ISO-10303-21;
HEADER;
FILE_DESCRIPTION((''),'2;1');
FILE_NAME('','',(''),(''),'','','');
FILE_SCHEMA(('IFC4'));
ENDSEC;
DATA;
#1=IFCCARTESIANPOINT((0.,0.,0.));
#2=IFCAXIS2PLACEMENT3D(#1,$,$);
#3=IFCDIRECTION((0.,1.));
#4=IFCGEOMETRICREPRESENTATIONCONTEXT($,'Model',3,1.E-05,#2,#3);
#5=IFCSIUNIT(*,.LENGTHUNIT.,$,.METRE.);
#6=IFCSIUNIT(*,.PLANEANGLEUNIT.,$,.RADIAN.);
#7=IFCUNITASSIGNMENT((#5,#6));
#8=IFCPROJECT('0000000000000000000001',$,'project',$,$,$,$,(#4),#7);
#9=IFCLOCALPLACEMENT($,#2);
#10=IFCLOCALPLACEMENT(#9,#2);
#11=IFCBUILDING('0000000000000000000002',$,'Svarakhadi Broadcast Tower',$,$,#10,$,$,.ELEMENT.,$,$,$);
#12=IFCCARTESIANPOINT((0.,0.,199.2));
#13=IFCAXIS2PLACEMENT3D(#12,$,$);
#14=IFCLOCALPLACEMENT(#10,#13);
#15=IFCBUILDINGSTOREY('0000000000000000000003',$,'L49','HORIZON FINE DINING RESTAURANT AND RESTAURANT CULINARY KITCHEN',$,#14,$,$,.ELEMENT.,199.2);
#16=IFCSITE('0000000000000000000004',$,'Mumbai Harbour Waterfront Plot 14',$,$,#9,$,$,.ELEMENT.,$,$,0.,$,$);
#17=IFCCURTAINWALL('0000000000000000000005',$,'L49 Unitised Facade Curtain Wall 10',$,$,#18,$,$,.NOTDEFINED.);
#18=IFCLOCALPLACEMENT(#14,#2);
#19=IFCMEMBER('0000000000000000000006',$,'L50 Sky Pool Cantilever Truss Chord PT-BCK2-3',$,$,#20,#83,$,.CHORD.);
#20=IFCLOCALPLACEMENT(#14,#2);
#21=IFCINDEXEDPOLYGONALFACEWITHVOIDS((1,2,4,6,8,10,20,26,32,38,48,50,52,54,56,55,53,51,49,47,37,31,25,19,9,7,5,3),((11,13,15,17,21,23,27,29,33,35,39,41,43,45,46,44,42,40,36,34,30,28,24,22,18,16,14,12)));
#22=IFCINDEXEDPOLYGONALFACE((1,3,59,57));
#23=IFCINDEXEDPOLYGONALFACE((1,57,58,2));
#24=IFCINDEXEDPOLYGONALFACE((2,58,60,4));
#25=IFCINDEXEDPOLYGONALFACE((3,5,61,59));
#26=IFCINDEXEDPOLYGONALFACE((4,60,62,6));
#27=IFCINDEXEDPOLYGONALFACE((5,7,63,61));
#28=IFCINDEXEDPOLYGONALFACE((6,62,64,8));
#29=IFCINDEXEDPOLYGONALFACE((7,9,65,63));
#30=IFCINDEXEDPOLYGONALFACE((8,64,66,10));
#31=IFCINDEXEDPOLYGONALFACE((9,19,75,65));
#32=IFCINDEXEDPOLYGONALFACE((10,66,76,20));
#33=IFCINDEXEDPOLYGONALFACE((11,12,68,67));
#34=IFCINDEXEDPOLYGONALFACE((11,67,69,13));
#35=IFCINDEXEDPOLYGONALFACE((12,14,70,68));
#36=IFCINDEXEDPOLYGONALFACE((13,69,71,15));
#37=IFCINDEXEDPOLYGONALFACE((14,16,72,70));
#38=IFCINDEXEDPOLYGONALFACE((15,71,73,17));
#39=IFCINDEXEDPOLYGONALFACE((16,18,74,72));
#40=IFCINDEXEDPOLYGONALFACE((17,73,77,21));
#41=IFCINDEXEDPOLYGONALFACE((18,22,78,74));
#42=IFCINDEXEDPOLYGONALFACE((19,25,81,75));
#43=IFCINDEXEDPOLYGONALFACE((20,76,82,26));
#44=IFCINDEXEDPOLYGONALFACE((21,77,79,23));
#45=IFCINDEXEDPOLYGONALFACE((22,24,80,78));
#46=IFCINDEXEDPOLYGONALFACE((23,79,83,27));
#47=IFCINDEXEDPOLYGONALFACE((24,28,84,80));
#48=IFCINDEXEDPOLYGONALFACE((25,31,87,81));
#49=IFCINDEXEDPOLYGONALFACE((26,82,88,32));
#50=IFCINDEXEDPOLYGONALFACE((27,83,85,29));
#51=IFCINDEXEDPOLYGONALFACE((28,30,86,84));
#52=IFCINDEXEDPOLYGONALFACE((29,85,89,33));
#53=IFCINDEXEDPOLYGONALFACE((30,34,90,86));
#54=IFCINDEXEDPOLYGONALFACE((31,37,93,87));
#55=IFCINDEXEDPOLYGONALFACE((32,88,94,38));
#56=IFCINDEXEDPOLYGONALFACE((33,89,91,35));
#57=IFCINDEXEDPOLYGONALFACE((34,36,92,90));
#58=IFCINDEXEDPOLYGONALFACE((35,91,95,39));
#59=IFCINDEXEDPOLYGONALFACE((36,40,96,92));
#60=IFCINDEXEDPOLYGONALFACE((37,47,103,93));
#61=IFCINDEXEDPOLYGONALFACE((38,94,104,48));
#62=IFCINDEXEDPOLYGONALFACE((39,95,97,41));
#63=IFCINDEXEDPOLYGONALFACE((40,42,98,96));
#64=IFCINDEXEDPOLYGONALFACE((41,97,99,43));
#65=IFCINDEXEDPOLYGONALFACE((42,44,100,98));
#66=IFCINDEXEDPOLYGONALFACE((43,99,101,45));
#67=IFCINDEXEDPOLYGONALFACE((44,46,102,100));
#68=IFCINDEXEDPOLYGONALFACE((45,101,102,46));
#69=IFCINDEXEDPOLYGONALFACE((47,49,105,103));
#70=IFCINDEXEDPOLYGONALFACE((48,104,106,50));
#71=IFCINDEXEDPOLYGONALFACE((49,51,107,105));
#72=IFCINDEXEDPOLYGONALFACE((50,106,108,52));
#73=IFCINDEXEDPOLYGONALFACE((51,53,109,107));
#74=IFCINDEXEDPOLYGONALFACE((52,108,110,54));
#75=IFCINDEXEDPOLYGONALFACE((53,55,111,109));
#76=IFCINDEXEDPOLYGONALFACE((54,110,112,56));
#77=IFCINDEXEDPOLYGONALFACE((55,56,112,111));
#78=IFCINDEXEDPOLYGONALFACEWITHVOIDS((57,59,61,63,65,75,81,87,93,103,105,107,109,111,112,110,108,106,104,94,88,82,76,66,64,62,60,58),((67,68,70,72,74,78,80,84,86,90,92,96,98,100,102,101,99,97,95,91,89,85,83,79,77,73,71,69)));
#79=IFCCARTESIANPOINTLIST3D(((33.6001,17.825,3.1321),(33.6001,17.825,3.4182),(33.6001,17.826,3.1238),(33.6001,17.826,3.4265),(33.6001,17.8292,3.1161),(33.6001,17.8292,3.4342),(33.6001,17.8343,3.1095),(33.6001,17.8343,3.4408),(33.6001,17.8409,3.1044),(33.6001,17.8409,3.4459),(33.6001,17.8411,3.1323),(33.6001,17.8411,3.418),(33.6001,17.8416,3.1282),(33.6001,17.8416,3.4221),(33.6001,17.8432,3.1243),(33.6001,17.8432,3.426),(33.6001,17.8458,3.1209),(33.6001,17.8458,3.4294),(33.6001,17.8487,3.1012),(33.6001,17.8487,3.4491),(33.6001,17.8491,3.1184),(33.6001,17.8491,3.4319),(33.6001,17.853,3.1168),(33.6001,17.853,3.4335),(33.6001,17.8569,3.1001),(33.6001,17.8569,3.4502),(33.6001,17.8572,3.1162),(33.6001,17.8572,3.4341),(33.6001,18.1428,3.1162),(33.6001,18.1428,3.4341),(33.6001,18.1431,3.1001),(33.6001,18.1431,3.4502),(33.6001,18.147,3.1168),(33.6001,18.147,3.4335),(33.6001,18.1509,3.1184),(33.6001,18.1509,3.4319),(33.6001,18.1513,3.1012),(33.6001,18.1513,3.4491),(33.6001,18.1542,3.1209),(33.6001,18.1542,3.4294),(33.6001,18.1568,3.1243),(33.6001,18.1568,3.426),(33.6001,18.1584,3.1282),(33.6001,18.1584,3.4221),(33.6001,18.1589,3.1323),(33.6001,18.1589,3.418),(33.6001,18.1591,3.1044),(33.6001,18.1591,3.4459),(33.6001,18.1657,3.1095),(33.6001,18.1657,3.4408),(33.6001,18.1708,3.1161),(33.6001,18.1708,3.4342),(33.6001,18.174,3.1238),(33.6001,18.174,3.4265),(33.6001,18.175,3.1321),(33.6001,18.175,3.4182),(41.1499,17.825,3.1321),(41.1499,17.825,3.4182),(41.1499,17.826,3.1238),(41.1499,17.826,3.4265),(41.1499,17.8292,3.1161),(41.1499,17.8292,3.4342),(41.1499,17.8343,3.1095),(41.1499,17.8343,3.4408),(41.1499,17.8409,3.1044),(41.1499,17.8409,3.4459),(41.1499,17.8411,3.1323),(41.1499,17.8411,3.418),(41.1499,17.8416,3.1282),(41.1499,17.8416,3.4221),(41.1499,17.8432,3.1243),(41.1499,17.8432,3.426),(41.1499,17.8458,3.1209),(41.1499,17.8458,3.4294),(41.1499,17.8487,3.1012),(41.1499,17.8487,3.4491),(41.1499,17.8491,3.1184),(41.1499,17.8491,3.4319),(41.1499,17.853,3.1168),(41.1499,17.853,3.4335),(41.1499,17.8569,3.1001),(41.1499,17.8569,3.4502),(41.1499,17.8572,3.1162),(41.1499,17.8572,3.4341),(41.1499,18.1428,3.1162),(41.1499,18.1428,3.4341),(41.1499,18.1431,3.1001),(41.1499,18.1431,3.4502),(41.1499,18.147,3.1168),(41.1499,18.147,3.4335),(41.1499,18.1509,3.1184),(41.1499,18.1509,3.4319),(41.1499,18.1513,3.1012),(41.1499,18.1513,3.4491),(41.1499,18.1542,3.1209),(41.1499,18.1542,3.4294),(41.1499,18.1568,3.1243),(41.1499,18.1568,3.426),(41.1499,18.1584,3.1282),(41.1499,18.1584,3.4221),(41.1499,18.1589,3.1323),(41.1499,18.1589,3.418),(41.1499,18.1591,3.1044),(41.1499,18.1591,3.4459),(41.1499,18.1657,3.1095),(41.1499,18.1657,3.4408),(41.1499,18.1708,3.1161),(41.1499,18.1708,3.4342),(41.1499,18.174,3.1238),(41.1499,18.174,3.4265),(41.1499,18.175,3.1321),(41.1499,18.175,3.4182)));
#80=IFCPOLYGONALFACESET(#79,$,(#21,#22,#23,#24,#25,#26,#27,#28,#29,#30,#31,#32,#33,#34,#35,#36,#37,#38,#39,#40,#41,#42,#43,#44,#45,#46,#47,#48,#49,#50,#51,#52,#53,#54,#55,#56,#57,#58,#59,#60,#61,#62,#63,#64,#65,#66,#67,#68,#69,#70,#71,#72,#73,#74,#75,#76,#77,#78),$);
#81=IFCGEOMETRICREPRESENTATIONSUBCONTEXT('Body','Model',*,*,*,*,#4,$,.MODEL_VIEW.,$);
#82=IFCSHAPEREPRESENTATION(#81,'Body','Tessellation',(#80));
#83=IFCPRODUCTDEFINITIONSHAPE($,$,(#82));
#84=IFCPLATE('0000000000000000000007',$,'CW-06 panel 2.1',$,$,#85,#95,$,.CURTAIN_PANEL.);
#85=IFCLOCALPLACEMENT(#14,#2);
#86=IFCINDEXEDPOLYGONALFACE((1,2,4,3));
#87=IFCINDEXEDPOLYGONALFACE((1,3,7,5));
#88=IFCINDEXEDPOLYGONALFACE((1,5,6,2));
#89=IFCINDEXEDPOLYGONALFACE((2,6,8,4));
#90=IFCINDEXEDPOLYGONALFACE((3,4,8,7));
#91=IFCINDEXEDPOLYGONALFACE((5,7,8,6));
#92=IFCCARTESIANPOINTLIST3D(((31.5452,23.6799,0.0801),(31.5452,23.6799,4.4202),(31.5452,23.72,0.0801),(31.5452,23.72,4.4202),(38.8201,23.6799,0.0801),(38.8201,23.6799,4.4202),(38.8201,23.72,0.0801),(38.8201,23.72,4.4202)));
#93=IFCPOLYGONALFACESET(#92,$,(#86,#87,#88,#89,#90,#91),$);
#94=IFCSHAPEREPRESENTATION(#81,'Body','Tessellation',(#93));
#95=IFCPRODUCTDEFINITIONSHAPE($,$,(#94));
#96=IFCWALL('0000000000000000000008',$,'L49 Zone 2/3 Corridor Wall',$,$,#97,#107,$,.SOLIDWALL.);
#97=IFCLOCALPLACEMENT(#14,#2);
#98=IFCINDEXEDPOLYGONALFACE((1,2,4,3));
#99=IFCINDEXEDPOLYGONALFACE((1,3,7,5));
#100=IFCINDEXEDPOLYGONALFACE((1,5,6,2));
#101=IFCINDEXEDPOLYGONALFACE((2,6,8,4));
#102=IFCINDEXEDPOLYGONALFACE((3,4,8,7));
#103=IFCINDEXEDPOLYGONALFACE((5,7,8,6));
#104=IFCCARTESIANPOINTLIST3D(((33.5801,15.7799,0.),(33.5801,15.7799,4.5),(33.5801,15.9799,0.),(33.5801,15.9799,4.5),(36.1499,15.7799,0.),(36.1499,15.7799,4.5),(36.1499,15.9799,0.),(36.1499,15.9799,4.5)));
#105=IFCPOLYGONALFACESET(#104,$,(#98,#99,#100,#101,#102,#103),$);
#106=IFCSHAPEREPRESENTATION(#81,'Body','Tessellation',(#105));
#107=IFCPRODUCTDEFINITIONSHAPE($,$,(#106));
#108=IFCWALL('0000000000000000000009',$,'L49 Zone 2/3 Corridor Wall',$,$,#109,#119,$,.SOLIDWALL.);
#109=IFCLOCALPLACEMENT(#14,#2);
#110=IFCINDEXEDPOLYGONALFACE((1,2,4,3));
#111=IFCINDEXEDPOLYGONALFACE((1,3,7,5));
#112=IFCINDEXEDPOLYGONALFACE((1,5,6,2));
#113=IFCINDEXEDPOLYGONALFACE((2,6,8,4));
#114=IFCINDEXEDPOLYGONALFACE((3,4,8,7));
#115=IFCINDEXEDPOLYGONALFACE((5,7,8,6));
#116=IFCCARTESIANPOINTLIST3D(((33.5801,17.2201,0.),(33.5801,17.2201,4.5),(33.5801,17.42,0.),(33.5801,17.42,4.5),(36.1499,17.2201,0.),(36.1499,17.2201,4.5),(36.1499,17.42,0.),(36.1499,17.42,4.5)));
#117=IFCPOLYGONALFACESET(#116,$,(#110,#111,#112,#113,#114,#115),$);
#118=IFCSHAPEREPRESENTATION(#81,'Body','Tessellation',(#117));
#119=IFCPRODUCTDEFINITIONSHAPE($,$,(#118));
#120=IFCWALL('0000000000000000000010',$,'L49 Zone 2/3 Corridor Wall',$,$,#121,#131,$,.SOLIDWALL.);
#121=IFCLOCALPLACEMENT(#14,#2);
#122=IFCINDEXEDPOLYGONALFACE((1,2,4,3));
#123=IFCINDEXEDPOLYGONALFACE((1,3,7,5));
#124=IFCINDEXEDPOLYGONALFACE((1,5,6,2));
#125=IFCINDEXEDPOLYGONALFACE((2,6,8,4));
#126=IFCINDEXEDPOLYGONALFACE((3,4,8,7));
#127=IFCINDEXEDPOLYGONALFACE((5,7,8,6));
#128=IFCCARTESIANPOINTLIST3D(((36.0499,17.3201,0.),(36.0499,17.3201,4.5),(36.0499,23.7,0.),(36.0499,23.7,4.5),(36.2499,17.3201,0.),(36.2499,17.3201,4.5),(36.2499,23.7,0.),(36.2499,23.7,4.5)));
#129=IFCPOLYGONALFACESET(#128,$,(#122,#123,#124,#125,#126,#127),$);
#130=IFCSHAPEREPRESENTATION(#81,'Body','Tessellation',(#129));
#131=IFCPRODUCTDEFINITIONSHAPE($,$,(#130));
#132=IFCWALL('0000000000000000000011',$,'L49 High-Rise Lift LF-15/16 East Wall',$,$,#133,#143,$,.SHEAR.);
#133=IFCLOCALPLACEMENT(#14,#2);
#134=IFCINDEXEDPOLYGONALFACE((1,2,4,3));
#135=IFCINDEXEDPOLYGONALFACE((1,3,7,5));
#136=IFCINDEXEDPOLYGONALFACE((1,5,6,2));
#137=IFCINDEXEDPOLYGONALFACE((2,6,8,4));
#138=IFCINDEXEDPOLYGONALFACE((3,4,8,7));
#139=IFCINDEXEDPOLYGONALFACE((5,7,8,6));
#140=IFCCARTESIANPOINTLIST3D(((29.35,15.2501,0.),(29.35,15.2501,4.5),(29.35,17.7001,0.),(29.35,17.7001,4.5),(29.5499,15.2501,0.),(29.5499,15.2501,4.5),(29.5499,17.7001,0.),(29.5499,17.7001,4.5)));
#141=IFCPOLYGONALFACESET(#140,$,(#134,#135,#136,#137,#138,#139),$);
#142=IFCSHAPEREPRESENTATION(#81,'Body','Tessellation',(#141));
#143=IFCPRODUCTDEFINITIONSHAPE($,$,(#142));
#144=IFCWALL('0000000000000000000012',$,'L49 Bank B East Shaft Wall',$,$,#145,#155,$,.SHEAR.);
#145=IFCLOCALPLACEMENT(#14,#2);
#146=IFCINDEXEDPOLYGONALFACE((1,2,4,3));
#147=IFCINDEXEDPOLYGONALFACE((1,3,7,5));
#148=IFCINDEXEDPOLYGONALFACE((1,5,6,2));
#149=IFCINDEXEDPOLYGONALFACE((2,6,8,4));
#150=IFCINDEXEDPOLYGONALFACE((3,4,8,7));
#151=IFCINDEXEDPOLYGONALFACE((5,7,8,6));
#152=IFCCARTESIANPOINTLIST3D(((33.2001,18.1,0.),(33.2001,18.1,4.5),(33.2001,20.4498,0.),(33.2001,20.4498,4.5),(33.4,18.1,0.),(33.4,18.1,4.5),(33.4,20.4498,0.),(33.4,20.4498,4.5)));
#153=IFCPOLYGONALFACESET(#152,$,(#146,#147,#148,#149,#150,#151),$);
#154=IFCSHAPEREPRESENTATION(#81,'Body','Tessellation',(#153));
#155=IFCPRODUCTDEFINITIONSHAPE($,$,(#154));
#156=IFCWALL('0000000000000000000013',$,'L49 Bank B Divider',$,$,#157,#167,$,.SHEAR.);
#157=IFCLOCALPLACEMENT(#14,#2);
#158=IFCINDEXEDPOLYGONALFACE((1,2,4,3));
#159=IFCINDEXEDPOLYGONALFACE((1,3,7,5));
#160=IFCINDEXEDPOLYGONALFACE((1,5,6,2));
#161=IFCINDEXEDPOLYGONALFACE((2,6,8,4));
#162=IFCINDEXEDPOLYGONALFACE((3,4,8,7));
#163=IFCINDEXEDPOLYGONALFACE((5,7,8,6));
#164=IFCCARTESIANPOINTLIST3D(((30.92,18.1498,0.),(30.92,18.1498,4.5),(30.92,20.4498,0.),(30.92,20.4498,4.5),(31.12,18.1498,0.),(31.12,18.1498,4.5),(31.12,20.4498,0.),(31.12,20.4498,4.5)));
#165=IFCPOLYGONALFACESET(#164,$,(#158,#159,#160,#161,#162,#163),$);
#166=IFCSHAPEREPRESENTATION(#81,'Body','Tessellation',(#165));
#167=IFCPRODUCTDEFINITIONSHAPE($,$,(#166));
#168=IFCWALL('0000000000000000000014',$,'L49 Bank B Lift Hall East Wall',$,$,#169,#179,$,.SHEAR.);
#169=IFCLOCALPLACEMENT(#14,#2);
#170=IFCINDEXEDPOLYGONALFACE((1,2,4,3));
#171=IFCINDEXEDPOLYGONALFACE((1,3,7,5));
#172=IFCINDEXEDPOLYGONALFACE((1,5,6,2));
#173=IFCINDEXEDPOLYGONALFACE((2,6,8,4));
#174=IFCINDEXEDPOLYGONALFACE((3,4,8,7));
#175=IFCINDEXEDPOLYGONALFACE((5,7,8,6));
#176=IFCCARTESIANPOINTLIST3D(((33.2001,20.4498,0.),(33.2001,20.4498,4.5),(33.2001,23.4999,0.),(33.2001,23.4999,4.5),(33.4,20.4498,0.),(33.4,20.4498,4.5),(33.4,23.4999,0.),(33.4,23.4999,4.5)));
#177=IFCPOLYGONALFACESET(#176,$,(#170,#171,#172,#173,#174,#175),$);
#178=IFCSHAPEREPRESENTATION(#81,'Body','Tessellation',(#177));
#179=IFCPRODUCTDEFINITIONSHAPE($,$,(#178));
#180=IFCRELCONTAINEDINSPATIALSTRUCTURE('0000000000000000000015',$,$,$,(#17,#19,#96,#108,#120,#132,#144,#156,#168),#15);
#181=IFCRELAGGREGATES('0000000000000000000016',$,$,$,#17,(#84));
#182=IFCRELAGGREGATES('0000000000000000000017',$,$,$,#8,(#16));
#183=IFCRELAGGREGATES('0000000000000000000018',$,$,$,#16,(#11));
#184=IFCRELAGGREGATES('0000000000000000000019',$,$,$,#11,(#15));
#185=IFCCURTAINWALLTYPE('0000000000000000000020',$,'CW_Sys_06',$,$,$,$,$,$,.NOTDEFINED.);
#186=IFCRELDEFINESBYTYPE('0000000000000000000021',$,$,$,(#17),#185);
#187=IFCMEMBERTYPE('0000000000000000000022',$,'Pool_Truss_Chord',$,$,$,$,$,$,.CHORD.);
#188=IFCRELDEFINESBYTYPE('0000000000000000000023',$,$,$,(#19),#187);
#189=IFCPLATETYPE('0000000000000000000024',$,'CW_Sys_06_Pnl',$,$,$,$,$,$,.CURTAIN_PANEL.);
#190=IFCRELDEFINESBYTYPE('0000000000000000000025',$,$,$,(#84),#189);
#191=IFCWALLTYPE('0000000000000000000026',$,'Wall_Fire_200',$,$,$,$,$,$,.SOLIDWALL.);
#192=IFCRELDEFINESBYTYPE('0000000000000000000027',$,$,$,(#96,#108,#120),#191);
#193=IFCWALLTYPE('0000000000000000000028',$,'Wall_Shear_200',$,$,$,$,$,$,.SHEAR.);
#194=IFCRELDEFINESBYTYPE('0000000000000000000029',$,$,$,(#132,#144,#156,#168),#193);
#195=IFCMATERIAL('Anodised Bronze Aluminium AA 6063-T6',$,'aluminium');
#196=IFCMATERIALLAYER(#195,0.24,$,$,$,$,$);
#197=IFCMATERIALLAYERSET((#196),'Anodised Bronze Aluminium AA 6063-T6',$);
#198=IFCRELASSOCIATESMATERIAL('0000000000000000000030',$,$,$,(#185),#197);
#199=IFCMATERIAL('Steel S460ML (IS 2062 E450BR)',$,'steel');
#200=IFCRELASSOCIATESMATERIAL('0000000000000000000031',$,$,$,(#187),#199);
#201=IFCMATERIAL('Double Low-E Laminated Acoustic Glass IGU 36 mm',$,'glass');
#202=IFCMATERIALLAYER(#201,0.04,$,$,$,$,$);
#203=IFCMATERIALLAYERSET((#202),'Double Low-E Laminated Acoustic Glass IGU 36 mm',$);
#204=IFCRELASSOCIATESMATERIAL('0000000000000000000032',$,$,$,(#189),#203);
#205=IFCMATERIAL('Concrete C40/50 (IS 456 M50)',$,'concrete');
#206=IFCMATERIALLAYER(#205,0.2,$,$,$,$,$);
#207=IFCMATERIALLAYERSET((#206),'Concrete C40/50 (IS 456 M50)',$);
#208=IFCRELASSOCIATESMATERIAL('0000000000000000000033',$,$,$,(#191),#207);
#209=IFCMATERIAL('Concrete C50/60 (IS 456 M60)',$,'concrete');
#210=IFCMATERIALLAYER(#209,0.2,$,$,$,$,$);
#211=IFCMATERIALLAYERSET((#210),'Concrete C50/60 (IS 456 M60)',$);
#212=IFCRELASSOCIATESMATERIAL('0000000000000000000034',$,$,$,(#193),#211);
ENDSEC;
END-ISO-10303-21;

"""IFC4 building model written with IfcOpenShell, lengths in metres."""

from ifc_helpers import new_model, si_unit, direction, frame, frame_2d, origin, origin_2d, place, context, subcontext, project, spatial, rectangle, hollow_rectangle, extrude, material, layer, layer_set, material_profile, profile_set, type_object, element, aggregate, save


model = new_model("IFC4")

# Units and contexts
model_context = context("Model", 3, precision=1e-05, world=origin(), true_north=direction((0.0, 1.0)))
body_context = subcontext(model_context, "Body", "Model", "MODEL_VIEW")
ifc_project = project(units=[si_unit("LENGTHUNIT", "METRE"), si_unit("PLANEANGLEUNIT", "RADIAN")], contexts=[model_context])

# Site, building, storey
site_placement = place(None, origin())
site = spatial("IfcSite", under=ifc_project, at=site_placement, Name="Mumbai Harbour Waterfront Plot 14", CompositionType="ELEMENT", RefElevation=0.0)
building_placement = place(site_placement, origin())
building = spatial("IfcBuilding", under=site, at=building_placement, Name="Svarakhadi Broadcast Tower", CompositionType="ELEMENT")
storey_placement = place(building_placement, frame((0.0, 0.0, 199.2)))
storey = spatial("IfcBuildingStorey", under=building, at=storey_placement, Name="L49", Description="HORIZON FINE DINING RESTAURANT AND RESTAURANT CULINARY KITCHEN", CompositionType="ELEMENT", Elevation=199.2)

# Shared definitions
ifc_material_1 = material(Name="Concrete C50/60 (IS 456 M60)", Category="concrete")
ifc_material_2 = material(Name="Steel S460ML (IS 2062 E450BR)", Category="steel")

# Curtain wall
ifc_material_3 = material(Name="Anodised Bronze Aluminium AA 6063-T6", Category="aluminium")
ifc_layer_1 = layer(ifc_material_3, 0.24)
ifc_layer_set_1 = layer_set([ifc_layer_1], Name="Anodised Bronze Aluminium AA 6063-T6")
curtain_wall_type = type_object("IfcCurtainWallType", Name="CW_Sys_06", PredefinedType="NOTDEFINED", material=ifc_layer_set_1)
curtain_wall_placement = place(storey_placement, origin())
curtain_wall = element("IfcCurtainWall", 1, at=curtain_wall_placement, inside=storey, type_object=curtain_wall_type, Name="L49 Unitised Facade Curtain Wall 10", PredefinedType="NOTDEFINED")

# Member
ifc_material_profile_1 = material_profile(ifc_material_2, hollow_rectangle(XDim=0.3501, YDim=0.3501, WallThickness=0.0161, InnerFilletRadius=0.0161, OuterFilletRadius=0.032, at=origin_2d()), Name="SHS 350x350x16")
ifc_profile_set_1 = profile_set([ifc_material_profile_1], Name="Steel S460ML (IS 2062 E450BR)")
member_type_1 = type_object("IfcMemberType", Name="Pool_Truss_Chord", PredefinedType="CHORD", material=ifc_profile_set_1)
member_1_placement = place(storey_placement, frame((33.6001, 18.0, 3.2751), z_axis=(1.0, 0.0, 0.0), x_axis=(0.0, 1.0, 0.0)))
element("IfcMember", 2, at=member_1_placement, inside=storey, type_object=member_type_1, Name="L50 Sky Pool Cantilever Truss Chord PT-BCK2-3", PredefinedType="CHORD", context=body_context, shape_type="SweptSolid", body=[
    extrude(hollow_rectangle(XDim=0.3501, YDim=0.3501, WallThickness=0.0161, InnerFilletRadius=0.0161, OuterFilletRadius=0.032, at=origin_2d()), origin(), (0.0, 0.0, 1.0), 7.5498),
])

# Plate
ifc_material_4 = material(Name="Double Low-E Laminated Acoustic Glass IGU 36 mm", Category="glass")
ifc_layer_2 = layer(ifc_material_4, 0.04)
ifc_layer_set_2 = layer_set([ifc_layer_2], Name="Double Low-E Laminated Acoustic Glass IGU 36 mm")
plate_type = type_object("IfcPlateType", Name="CW_Sys_06_Pnl", PredefinedType="CURTAIN_PANEL", material=ifc_layer_set_2)
plate_placement = place(storey_placement, frame((35.1826, 23.7, 0.0801), z_axis=(0.0, 0.0, 1.0), x_axis=(1.0, 0.0, 0.0)))
plate = element("IfcPlate", 3, at=plate_placement, type_object=plate_type, Name="CW-06 panel 2.1", PredefinedType="CURTAIN_PANEL", context=body_context, shape_type="SweptSolid", body=[
    extrude(rectangle(XDim=7.2749, YDim=0.04, at=origin_2d()), origin(), (0.0, 0.0, 1.0), 4.3401),
])
aggregate(curtain_wall, [plate])

# Walls
ifc_material_5 = material(Name="Concrete C40/50 (IS 456 M50)", Category="concrete")
ifc_layer_3 = layer(ifc_material_5, 0.2)
ifc_layer_set_3 = layer_set([ifc_layer_3], Name="Concrete C40/50 (IS 456 M50)")
wall_type_1 = type_object("IfcWallType", Name="Wall_Fire_200", PredefinedType="SOLIDWALL", material=ifc_layer_set_3)
for number, where, z_axis, x_axis, name in (
    (4, (36.1499, 15.8799, 0.0), (0.0, 0.0, 1.0), (-1.0, 0.0, 0.0), "L49 Zone 2/3 Corridor Wall"),
    (5, (33.5801, 17.3201, 0.0), (0.0, 0.0, 1.0), (1.0, 0.0, 0.0), "L49 Zone 2/3 Corridor Wall"),
):
    element("IfcWall", number, at=place(storey_placement, frame(where, z_axis=z_axis, x_axis=x_axis)), inside=storey, type_object=wall_type_1, Name=name, PredefinedType="SOLIDWALL", context=body_context, shape_type="SweptSolid", body=[
        extrude(rectangle(XDim=2.5698, YDim=0.2, at=frame_2d((1.2849, 0.0))), origin(), (0.0, 0.0, 1.0), 4.5),
    ])
wall_1_placement = place(storey_placement, frame((36.1499, 17.3201, 0.0), z_axis=(0.0, 0.0, 1.0), x_axis=(0.0, 1.0, 0.0)))
element("IfcWall", 6, at=wall_1_placement, inside=storey, type_object=wall_type_1, Name="L49 Zone 2/3 Corridor Wall", PredefinedType="SOLIDWALL", context=body_context, shape_type="SweptSolid", body=[
    extrude(rectangle(XDim=6.3799, YDim=0.2, at=frame_2d((3.1899, 0.0))), origin(), (0.0, 0.0, 1.0), 4.5),
])

# Walls
ifc_layer_4 = layer(ifc_material_1, 0.2)
ifc_layer_set_4 = layer_set([ifc_layer_4], Name="Concrete C50/60 (IS 456 M60)")
wall_type_2 = type_object("IfcWallType", Name="Wall_Shear_200", PredefinedType="SHEAR", material=ifc_layer_set_4)
wall_2_placement = place(storey_placement, frame((29.45, 15.25, 0.0), z_axis=(0.0, 0.0, 1.0), x_axis=(0.0, 1.0, 0.0)))
element("IfcWall", 7, at=wall_2_placement, inside=storey, type_object=wall_type_2, Name="L49 High-Rise Lift LF-15/16 East Wall", PredefinedType="SHEAR", context=body_context, shape_type="SweptSolid", body=[
    extrude(rectangle(XDim=2.45, YDim=0.2, at=frame_2d((1.2251, 0.0))), origin(), (0.0, 0.0, 1.0), 4.5),
])
wall_3_placement = place(storey_placement, frame((33.3, 18.1001, 0.0), z_axis=(0.0, 0.0, 1.0), x_axis=(0.0, 1.0, 0.0)))
element("IfcWall", 8, at=wall_3_placement, inside=storey, type_object=wall_type_2, Name="L49 Bank B East Shaft Wall", PredefinedType="SHEAR", context=body_context, shape_type="SweptSolid", body=[
    extrude(rectangle(XDim=2.3499, YDim=0.2, at=frame_2d((1.1748, 0.0))), origin(), (0.0, 0.0, 1.0), 4.5),
])
wall_4_placement = place(storey_placement, frame((31.02, 18.1499, 0.0), z_axis=(0.0, 0.0, 1.0), x_axis=(0.0, 1.0, 0.0)))
element("IfcWall", 9, at=wall_4_placement, inside=storey, type_object=wall_type_2, Name="L49 Bank B Divider", PredefinedType="SHEAR", context=body_context, shape_type="SweptSolid", body=[
    extrude(rectangle(XDim=2.3, YDim=0.2, at=frame_2d((1.1499, 0.0))), origin(), (0.0, 0.0, 1.0), 4.5),
])
wall_5_placement = place(storey_placement, frame((33.3, 20.45, 0.0), z_axis=(0.0, 0.0, 1.0), x_axis=(0.0, 1.0, 0.0)))
element("IfcWall", 10, at=wall_5_placement, inside=storey, type_object=wall_type_2, Name="L49 Bank B Lift Hall East Wall", PredefinedType="SHEAR", context=body_context, shape_type="SweptSolid", body=[
    extrude(rectangle(XDim=3.05, YDim=0.2, at=frame_2d((1.5249, 0.0))), origin(), (0.0, 0.0, 1.0), 4.5),
])

save(model, "model.ifc")
